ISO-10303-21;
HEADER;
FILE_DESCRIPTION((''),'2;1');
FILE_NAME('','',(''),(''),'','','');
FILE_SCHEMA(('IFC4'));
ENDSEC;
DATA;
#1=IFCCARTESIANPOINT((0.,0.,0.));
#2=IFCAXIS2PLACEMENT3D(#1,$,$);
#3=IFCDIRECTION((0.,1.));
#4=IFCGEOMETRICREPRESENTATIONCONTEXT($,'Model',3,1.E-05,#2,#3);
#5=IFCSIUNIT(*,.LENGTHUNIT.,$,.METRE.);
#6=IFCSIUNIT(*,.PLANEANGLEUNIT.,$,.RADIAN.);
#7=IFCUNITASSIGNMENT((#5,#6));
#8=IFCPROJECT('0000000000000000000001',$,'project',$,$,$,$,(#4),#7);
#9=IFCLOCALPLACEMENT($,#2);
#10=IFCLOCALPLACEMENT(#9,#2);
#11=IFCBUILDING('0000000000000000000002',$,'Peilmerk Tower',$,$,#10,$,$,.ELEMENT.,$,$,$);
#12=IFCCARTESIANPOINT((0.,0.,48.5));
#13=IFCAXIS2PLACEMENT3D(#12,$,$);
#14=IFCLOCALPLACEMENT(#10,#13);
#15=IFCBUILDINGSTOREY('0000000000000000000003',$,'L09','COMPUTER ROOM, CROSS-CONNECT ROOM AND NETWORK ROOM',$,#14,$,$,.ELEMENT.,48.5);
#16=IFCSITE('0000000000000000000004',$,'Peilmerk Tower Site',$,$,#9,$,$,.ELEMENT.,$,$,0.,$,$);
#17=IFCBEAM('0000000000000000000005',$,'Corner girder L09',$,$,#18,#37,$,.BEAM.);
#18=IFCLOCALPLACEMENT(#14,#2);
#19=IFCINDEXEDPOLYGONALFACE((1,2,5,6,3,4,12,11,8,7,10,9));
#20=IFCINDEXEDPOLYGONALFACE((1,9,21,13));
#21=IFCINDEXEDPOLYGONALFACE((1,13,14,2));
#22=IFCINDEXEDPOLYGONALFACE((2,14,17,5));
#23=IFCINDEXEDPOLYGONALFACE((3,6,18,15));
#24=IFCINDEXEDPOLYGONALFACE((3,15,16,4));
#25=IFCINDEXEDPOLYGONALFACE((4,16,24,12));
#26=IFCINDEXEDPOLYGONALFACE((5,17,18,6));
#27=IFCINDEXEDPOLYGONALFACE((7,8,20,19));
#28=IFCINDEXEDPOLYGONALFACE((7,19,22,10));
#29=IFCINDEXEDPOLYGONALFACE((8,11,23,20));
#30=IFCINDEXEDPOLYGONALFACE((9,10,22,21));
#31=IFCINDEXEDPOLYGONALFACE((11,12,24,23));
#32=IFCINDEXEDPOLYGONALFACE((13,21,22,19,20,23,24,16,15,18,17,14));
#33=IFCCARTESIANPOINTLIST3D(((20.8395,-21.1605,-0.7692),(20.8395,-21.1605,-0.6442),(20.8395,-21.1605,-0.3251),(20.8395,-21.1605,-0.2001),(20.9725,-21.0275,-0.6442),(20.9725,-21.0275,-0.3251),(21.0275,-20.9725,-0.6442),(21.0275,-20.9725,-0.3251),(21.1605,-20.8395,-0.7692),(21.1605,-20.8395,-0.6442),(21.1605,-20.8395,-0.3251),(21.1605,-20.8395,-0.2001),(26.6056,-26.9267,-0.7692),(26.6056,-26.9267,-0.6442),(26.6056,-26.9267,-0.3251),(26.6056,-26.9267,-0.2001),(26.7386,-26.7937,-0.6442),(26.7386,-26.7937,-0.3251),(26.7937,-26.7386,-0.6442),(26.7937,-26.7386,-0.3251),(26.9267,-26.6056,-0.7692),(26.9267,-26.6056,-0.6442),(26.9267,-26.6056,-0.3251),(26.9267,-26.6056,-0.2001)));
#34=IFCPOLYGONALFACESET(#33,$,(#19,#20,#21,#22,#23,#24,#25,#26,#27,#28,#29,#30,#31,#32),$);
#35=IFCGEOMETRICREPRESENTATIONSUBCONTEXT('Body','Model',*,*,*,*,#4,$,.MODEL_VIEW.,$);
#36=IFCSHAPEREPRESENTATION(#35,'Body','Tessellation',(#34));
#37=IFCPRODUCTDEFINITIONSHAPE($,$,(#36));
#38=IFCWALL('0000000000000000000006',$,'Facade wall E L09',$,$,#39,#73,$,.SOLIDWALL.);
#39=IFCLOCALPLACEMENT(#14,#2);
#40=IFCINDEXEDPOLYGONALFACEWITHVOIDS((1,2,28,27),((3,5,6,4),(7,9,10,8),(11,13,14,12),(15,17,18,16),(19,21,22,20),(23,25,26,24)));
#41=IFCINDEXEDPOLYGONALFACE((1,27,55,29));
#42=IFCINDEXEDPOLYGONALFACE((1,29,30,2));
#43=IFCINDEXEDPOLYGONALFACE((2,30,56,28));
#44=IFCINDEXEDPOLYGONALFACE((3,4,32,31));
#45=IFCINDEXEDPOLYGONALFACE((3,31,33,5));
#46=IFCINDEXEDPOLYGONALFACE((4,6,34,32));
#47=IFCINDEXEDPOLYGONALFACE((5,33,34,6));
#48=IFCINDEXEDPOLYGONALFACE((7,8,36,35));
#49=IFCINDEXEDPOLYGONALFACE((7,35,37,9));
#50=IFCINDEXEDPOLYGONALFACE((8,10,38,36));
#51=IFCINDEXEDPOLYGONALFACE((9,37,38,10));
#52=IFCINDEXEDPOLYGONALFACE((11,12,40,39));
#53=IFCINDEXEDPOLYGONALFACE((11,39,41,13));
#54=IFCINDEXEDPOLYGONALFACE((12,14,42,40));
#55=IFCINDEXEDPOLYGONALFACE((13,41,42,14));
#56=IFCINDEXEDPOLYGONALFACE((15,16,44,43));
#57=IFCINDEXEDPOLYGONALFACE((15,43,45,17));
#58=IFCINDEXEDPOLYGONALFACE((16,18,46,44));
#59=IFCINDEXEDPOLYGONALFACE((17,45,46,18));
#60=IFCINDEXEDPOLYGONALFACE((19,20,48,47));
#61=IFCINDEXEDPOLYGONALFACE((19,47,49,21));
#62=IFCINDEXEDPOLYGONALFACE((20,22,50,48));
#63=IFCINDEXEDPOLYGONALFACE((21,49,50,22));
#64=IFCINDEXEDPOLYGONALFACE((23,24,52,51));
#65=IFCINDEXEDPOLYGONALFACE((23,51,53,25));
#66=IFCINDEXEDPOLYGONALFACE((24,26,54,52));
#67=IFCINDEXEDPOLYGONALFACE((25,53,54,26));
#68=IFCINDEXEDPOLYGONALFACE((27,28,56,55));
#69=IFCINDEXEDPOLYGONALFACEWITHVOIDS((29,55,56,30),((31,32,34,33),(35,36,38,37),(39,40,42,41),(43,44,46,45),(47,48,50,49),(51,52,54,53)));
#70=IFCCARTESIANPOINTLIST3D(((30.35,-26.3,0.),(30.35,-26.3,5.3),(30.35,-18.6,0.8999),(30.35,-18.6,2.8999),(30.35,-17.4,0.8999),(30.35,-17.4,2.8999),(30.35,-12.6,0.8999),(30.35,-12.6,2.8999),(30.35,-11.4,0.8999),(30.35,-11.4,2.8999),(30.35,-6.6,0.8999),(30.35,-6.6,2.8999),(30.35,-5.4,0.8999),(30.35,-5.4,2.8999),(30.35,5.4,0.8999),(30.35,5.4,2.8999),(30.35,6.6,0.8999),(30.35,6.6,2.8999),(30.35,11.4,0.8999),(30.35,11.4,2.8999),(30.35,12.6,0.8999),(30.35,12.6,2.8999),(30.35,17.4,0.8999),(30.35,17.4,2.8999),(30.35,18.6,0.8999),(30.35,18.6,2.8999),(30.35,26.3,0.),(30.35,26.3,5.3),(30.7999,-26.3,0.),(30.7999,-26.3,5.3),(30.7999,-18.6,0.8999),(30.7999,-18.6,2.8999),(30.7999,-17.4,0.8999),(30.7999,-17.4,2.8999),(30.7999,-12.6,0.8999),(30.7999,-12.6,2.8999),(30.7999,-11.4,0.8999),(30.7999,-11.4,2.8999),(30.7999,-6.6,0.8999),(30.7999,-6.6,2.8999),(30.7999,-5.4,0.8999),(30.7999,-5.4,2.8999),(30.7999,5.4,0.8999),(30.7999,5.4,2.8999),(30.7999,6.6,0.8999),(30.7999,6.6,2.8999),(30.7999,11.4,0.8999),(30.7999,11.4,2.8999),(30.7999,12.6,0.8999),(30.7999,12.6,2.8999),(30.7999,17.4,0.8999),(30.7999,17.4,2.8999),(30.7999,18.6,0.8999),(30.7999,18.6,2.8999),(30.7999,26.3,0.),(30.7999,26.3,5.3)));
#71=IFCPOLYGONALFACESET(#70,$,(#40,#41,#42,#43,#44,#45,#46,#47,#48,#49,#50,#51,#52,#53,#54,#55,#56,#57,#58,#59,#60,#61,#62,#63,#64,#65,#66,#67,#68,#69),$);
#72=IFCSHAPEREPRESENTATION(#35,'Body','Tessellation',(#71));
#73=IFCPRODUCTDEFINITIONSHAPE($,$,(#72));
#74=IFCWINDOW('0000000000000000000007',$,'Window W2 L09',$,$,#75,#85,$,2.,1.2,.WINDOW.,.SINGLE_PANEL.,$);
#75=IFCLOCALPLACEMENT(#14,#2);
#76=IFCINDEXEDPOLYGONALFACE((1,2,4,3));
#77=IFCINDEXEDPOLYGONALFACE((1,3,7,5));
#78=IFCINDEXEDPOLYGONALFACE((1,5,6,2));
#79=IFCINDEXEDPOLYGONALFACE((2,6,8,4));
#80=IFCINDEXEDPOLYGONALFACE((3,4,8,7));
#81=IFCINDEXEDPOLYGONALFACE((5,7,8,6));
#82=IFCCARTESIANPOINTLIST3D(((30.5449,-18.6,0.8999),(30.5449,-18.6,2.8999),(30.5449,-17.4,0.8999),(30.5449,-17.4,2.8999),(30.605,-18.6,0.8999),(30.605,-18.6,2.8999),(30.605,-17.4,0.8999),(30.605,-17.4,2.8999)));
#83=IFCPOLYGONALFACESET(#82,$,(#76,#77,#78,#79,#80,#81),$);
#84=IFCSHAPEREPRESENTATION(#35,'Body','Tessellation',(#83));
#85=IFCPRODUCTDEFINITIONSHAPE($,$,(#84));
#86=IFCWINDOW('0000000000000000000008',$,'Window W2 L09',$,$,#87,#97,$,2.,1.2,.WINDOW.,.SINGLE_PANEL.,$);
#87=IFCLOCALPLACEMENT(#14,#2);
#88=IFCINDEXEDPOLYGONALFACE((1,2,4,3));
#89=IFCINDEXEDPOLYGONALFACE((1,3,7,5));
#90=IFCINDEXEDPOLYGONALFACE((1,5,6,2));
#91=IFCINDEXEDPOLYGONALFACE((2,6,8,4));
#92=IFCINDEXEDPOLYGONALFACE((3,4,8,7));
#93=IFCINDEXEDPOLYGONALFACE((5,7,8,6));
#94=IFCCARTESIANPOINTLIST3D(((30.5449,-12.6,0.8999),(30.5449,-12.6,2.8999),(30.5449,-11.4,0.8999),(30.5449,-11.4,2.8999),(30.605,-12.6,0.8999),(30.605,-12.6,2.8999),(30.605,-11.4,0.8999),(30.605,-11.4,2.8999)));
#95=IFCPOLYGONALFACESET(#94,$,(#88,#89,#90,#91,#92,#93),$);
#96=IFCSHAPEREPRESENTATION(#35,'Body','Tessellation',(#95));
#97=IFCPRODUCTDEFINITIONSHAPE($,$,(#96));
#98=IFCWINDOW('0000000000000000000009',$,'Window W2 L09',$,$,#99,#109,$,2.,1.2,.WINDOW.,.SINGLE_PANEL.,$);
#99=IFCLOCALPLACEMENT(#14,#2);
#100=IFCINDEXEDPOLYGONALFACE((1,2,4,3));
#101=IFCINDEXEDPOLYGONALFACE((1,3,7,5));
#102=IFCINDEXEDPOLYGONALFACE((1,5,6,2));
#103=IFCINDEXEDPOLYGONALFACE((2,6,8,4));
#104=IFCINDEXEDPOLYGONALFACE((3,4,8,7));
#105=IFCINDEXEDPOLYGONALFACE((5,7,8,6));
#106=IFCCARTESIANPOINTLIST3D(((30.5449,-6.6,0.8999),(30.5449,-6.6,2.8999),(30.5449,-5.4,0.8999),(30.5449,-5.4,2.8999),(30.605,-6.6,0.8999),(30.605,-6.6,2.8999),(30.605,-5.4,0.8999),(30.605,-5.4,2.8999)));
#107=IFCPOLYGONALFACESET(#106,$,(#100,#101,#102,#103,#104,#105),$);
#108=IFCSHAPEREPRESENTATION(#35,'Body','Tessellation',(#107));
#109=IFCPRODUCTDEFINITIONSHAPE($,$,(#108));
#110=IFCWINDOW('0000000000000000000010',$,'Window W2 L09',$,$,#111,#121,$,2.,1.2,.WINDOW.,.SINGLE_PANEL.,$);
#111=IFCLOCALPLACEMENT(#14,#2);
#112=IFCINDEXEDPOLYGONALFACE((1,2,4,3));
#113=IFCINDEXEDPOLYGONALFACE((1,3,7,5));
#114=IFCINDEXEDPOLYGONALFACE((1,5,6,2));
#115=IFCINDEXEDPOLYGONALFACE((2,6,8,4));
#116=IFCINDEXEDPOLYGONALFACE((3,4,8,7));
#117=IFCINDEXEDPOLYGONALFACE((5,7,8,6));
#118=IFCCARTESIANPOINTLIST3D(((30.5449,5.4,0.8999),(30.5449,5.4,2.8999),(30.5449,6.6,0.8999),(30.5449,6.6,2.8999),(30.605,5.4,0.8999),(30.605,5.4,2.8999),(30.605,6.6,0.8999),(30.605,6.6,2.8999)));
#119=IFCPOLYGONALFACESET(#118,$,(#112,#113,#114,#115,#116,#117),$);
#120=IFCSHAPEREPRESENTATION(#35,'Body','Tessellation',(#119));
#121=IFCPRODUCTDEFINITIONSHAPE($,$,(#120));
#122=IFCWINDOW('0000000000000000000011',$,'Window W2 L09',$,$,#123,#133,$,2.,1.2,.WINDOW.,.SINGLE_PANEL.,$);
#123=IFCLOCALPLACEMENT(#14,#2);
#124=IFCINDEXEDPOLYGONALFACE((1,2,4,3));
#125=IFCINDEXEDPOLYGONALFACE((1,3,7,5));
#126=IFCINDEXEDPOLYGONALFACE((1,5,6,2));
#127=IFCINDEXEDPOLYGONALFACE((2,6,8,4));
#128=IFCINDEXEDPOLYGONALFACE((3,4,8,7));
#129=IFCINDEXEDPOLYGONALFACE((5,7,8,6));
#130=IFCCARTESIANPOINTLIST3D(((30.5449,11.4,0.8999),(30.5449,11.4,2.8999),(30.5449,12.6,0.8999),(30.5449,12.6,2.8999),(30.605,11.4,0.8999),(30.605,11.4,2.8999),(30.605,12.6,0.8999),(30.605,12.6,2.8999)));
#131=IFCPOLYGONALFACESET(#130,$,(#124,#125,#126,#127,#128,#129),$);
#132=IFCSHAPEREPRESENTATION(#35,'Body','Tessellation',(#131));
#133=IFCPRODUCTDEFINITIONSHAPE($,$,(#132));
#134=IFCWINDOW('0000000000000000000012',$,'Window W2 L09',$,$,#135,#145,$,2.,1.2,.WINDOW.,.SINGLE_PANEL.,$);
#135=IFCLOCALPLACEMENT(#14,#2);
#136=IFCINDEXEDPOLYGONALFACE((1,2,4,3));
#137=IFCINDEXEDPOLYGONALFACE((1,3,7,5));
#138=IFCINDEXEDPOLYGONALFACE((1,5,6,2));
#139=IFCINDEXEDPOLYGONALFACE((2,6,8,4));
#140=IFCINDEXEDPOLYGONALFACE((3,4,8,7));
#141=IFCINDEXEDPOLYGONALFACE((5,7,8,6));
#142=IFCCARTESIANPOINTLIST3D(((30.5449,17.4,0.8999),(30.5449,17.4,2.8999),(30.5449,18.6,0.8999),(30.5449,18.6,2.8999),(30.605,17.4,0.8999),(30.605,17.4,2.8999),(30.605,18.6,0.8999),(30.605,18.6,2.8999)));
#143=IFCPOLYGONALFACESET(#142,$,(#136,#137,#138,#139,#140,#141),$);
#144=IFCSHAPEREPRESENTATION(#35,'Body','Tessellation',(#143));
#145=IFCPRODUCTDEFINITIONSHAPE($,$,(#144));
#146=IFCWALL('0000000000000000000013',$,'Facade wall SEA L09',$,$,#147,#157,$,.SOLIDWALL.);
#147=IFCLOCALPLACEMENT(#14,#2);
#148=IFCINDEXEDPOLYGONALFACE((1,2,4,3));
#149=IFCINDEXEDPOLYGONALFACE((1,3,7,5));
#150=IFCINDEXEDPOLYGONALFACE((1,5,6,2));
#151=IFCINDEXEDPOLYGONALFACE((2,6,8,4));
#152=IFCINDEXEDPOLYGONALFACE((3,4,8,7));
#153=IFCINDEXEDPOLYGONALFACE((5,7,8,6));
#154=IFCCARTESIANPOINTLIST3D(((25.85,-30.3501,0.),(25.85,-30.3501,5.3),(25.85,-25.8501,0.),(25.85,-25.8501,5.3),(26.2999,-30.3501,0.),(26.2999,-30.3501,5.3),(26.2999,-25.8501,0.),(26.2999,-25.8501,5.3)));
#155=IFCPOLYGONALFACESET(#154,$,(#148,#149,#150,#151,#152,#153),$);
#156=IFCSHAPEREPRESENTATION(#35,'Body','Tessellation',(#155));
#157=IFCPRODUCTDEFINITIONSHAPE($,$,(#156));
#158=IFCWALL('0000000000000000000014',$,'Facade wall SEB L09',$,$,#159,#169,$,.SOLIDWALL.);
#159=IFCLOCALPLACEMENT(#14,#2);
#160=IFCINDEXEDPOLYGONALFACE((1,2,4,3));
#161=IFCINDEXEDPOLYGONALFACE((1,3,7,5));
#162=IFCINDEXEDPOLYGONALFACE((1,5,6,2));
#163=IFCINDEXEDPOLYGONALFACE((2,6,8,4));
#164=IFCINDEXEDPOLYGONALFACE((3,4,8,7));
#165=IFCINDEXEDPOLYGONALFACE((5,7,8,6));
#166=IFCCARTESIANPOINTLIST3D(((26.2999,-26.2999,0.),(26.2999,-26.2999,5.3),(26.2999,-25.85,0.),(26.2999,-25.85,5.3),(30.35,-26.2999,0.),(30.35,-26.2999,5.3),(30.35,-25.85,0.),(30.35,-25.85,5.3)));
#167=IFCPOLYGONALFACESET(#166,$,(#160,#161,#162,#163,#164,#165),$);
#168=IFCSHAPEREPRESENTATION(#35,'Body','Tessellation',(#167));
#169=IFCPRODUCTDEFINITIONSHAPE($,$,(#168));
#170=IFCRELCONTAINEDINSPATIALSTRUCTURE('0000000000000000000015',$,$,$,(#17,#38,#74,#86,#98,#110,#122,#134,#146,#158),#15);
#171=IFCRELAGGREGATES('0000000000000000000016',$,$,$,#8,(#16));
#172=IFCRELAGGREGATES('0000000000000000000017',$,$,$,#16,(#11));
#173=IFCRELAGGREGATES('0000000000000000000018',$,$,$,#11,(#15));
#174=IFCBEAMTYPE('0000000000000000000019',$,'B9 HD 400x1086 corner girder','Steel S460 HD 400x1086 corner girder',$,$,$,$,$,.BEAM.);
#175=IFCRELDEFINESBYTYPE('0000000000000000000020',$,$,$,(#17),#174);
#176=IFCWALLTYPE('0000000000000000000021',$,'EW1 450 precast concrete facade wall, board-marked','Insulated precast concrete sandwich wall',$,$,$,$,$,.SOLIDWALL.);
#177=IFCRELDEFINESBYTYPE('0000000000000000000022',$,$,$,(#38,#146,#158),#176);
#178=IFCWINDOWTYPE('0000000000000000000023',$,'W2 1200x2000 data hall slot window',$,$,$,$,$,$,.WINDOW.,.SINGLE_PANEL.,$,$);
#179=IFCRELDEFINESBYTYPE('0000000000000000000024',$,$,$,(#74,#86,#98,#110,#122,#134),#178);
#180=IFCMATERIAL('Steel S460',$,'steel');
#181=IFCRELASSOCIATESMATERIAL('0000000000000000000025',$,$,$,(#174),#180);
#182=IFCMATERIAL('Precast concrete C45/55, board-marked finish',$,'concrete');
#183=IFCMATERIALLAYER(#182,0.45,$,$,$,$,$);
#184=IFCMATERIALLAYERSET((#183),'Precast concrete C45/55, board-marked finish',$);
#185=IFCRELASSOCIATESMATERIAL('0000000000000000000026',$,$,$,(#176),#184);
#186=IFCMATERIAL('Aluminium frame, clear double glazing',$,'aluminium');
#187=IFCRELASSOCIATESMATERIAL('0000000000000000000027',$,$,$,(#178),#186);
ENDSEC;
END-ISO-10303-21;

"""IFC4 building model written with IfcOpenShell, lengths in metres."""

from ifc_helpers import new_model, si_unit, direction, frame, frame_2d, origin, origin_2d, place, context, subcontext, project, spatial, rectangle, i_section, extrude, material, layer, layer_set, material_profile, profile_set, type_object, element, fill, save


model = new_model("IFC4")

# Units and contexts
model_context = context("Model", 3, precision=1e-05, world=origin(), true_north=direction((0.0, 1.0)))
body_context = subcontext(model_context, "Body", "Model", "MODEL_VIEW")
ifc_project = project(units=[si_unit("LENGTHUNIT", "METRE"), si_unit("PLANEANGLEUNIT", "RADIAN")], contexts=[model_context])

# Site, building, storey
site_placement = place(None, origin())
site = spatial("IfcSite", under=ifc_project, at=site_placement, Name="Peilmerk Tower Site", CompositionType="ELEMENT", RefElevation=0.0)
building_placement = place(site_placement, origin())
building = spatial("IfcBuilding", under=site, at=building_placement, Name="Peilmerk Tower", CompositionType="ELEMENT")
storey_placement = place(building_placement, frame((0.0, 0.0, 48.5)))
storey = spatial("IfcBuildingStorey", under=building, at=storey_placement, Name="L09", Description="COMPUTER ROOM, CROSS-CONNECT ROOM AND NETWORK ROOM", CompositionType="ELEMENT", Elevation=48.5)

# Beam
ifc_material_1 = material(Name="Steel S460", Category="steel")
ifc_material_profile_1 = material_profile(ifc_material_1, i_section(OverallWidth=0.4541, OverallDepth=0.5691, WebThickness=0.0779, FlangeThickness=0.125, at=origin_2d()), Name="HD 400x1086")
ifc_profile_set_1 = profile_set([ifc_material_profile_1], Name="Steel S460")
beam_type_1 = type_object("IfcBeamType", Name="B9 HD 400x1086 corner girder", Description="Steel S460 HD 400x1086 corner girder", PredefinedType="BEAM", material=ifc_profile_set_1)
beam_1_placement = place(storey_placement, frame((21.0, -21.0, -0.4846), z_axis=(0.707107, -0.707107, 0.0), x_axis=(0.707107, 0.707107, 0.0)))
element("IfcBeam", 1, at=beam_1_placement, inside=storey, type_object=beam_type_1, Name="Corner girder L09", PredefinedType="BEAM", context=body_context, shape_type="SweptSolid", body=[
    extrude(i_section(OverallWidth=0.4541, OverallDepth=0.5691, WebThickness=0.0779, FlangeThickness=0.125, at=origin_2d()), origin(), (0.0, 0.0, 1.0), 8.1545),
])

# Wall, openings, windows
ifc_material_2 = material(Name="Precast concrete C45/55, board-marked finish", Category="concrete")
ifc_layer = layer(ifc_material_2, 0.45)
ifc_layer_set = layer_set([ifc_layer], Name="Precast concrete C45/55, board-marked finish")
wall_type = type_object("IfcWallType", Name="EW1 450 precast concrete facade wall, board-marked", Description="Insulated precast concrete sandwich wall", PredefinedType="SOLIDWALL", material=ifc_layer_set)
wall_1_placement = place(storey_placement, frame((30.575, -26.3, 0.0), z_axis=(0.0, 0.0, 1.0), x_axis=(0.0, 1.0, 0.0)))
wall_1 = element("IfcWall", 2, at=wall_1_placement, inside=storey, type_object=wall_type, Name="Facade wall E L09", PredefinedType="SOLIDWALL", context=body_context, shape_type="SweptSolid", body=[
    extrude(rectangle(XDim=52.6001, YDim=0.45, at=frame_2d((26.3, 0.0))), origin(), (0.0, 0.0, 1.0), 5.3),
])
opening_1_placement = place(wall_1_placement, frame((7.7, 0.0, 0.8999)))
opening_1 = element("IfcOpeningElement", 3, at=opening_1_placement, cuts=wall_1, PredefinedType="OPENING", context=body_context, shape_type="SweptSolid", body=[
    extrude(rectangle(XDim=1.2, YDim=2.0, at=frame_2d((0.6001, 1.0))), frame((0.0, 0.2349, 0.0), z_axis=(0.0, -1.0, 0.0), x_axis=(1.0, 0.0, 0.0)), (0.0, 0.0, 1.0), 0.47),
])
opening_2_placement = place(wall_1_placement, frame((13.7, 0.0, 0.8999)))
opening_2 = element("IfcOpeningElement", 4, at=opening_2_placement, cuts=wall_1, PredefinedType="OPENING", context=body_context, shape_type="SweptSolid", body=[
    extrude(rectangle(XDim=1.2, YDim=2.0, at=frame_2d((0.6001, 1.0))), frame((0.0, 0.2349, 0.0), z_axis=(0.0, -1.0, 0.0), x_axis=(1.0, 0.0, 0.0)), (0.0, 0.0, 1.0), 0.47),
])
opening_3_placement = place(wall_1_placement, frame((19.7, 0.0, 0.8999)))
opening_3 = element("IfcOpeningElement", 5, at=opening_3_placement, cuts=wall_1, PredefinedType="OPENING", context=body_context, shape_type="SweptSolid", body=[
    extrude(rectangle(XDim=1.2, YDim=2.0, at=frame_2d((0.6001, 1.0))), frame((0.0, 0.2349, 0.0), z_axis=(0.0, -1.0, 0.0), x_axis=(1.0, 0.0, 0.0)), (0.0, 0.0, 1.0), 0.47),
])
opening_4_placement = place(wall_1_placement, frame((31.7, 0.0, 0.8999)))
opening_4 = element("IfcOpeningElement", 6, at=opening_4_placement, cuts=wall_1, PredefinedType="OPENING", context=body_context, shape_type="SweptSolid", body=[
    extrude(rectangle(XDim=1.2, YDim=2.0, at=frame_2d((0.6001, 1.0))), frame((0.0, 0.2349, 0.0), z_axis=(0.0, -1.0, 0.0), x_axis=(1.0, 0.0, 0.0)), (0.0, 0.0, 1.0), 0.47),
])
opening_5_placement = place(wall_1_placement, frame((37.7, 0.0, 0.8999)))
opening_5 = element("IfcOpeningElement", 7, at=opening_5_placement, cuts=wall_1, PredefinedType="OPENING", context=body_context, shape_type="SweptSolid", body=[
    extrude(rectangle(XDim=1.2, YDim=2.0, at=frame_2d((0.6001, 1.0))), frame((0.0, 0.2349, 0.0), z_axis=(0.0, -1.0, 0.0), x_axis=(1.0, 0.0, 0.0)), (0.0, 0.0, 1.0), 0.47),
])
opening_6_placement = place(wall_1_placement, frame((43.7, 0.0, 0.8999)))
opening_6 = element("IfcOpeningElement", 8, at=opening_6_placement, cuts=wall_1, PredefinedType="OPENING", context=body_context, shape_type="SweptSolid", body=[
    extrude(rectangle(XDim=1.2, YDim=2.0, at=frame_2d((0.6001, 1.0))), frame((0.0, 0.2349, 0.0), z_axis=(0.0, -1.0, 0.0), x_axis=(1.0, 0.0, 0.0)), (0.0, 0.0, 1.0), 0.47),
])
ifc_material_3 = material(Name="Aluminium frame, clear double glazing", Category="aluminium")
window_type = type_object("IfcWindowType", Name="W2 1200x2000 data hall slot window", PartitioningType="SINGLE_PANEL", PredefinedType="WINDOW", material=ifc_material_3)
window_1_placement = place(opening_1_placement, origin())
window_1 = element("IfcWindow", 9, at=window_1_placement, inside=storey, type_object=window_type, Name="Window W2 L09", OverallHeight=2.0, OverallWidth=1.2, PartitioningType="SINGLE_PANEL", PredefinedType="WINDOW", context=body_context, shape_type="SweptSolid", body=[
    extrude(rectangle(XDim=1.2, YDim=2.0, at=frame_2d((0.6001, 1.0))), frame((0.0, 0.03, 0.0), z_axis=(0.0, -1.0, 0.0), x_axis=(1.0, 0.0, 0.0)), (0.0, 0.0, 1.0), 0.0601),
])
fill(opening_1, window_1)
window_2_placement = place(opening_2_placement, origin())
window_2 = element("IfcWindow", 10, at=window_2_placement, inside=storey, type_object=window_type, Name="Window W2 L09", OverallHeight=2.0, OverallWidth=1.2, PartitioningType="SINGLE_PANEL", PredefinedType="WINDOW", context=body_context, shape_type="SweptSolid", body=[
    extrude(rectangle(XDim=1.2, YDim=2.0, at=frame_2d((0.6001, 1.0))), frame((0.0, 0.03, 0.0), z_axis=(0.0, -1.0, 0.0), x_axis=(1.0, 0.0, 0.0)), (0.0, 0.0, 1.0), 0.0601),
])
fill(opening_2, window_2)
window_3_placement = place(opening_3_placement, origin())
window_3 = element("IfcWindow", 11, at=window_3_placement, inside=storey, type_object=window_type, Name="Window W2 L09", OverallHeight=2.0, OverallWidth=1.2, PartitioningType="SINGLE_PANEL", PredefinedType="WINDOW", context=body_context, shape_type="SweptSolid", body=[
    extrude(rectangle(XDim=1.2, YDim=2.0, at=frame_2d((0.6001, 1.0))), frame((0.0, 0.03, 0.0), z_axis=(0.0, -1.0, 0.0), x_axis=(1.0, 0.0, 0.0)), (0.0, 0.0, 1.0), 0.0601),
])
fill(opening_3, window_3)
window_4_placement = place(opening_4_placement, origin())
window_4 = element("IfcWindow", 12, at=window_4_placement, inside=storey, type_object=window_type, Name="Window W2 L09", OverallHeight=2.0, OverallWidth=1.2, PartitioningType="SINGLE_PANEL", PredefinedType="WINDOW", context=body_context, shape_type="SweptSolid", body=[
    extrude(rectangle(XDim=1.2, YDim=2.0, at=frame_2d((0.6001, 1.0))), frame((0.0, 0.03, 0.0), z_axis=(0.0, -1.0, 0.0), x_axis=(1.0, 0.0, 0.0)), (0.0, 0.0, 1.0), 0.0601),
])
fill(opening_4, window_4)
window_5_placement = place(opening_5_placement, origin())
window_5 = element("IfcWindow", 13, at=window_5_placement, inside=storey, type_object=window_type, Name="Window W2 L09", OverallHeight=2.0, OverallWidth=1.2, PartitioningType="SINGLE_PANEL", PredefinedType="WINDOW", context=body_context, shape_type="SweptSolid", body=[
    extrude(rectangle(XDim=1.2, YDim=2.0, at=frame_2d((0.6001, 1.0))), frame((0.0, 0.03, 0.0), z_axis=(0.0, -1.0, 0.0), x_axis=(1.0, 0.0, 0.0)), (0.0, 0.0, 1.0), 0.0601),
])
fill(opening_5, window_5)
window_6_placement = place(opening_6_placement, origin())
window_6 = element("IfcWindow", 14, at=window_6_placement, inside=storey, type_object=window_type, Name="Window W2 L09", OverallHeight=2.0, OverallWidth=1.2, PartitioningType="SINGLE_PANEL", PredefinedType="WINDOW", context=body_context, shape_type="SweptSolid", body=[
    extrude(rectangle(XDim=1.2, YDim=2.0, at=frame_2d((0.6001, 1.0))), frame((0.0, 0.03, 0.0), z_axis=(0.0, -1.0, 0.0), x_axis=(1.0, 0.0, 0.0)), (0.0, 0.0, 1.0), 0.0601),
])
fill(opening_6, window_6)

# Walls
wall_2_placement = place(storey_placement, frame((26.075, -25.8501, 0.0), z_axis=(0.0, 0.0, 1.0), x_axis=(0.0, -1.0, 0.0)))
element("IfcWall", 15, at=wall_2_placement, inside=storey, type_object=wall_type, Name="Facade wall SEA L09", PredefinedType="SOLIDWALL", context=body_context, shape_type="SweptSolid", body=[
    extrude(rectangle(XDim=4.5, YDim=0.45, at=frame_2d((2.25, 0.0))), origin(), (0.0, 0.0, 1.0), 5.3),
])
wall_3_placement = place(storey_placement, frame((26.3, -26.075, 0.0), z_axis=(0.0, 0.0, 1.0), x_axis=(1.0, 0.0, 0.0)))
element("IfcWall", 16, at=wall_3_placement, inside=storey, type_object=wall_type, Name="Facade wall SEB L09", PredefinedType="SOLIDWALL", context=body_context, shape_type="SweptSolid", body=[
    extrude(rectangle(XDim=4.05, YDim=0.45, at=frame_2d((2.0249, 0.0))), origin(), (0.0, 0.0, 1.0), 5.3),
])

save(model, "model.ifc")
